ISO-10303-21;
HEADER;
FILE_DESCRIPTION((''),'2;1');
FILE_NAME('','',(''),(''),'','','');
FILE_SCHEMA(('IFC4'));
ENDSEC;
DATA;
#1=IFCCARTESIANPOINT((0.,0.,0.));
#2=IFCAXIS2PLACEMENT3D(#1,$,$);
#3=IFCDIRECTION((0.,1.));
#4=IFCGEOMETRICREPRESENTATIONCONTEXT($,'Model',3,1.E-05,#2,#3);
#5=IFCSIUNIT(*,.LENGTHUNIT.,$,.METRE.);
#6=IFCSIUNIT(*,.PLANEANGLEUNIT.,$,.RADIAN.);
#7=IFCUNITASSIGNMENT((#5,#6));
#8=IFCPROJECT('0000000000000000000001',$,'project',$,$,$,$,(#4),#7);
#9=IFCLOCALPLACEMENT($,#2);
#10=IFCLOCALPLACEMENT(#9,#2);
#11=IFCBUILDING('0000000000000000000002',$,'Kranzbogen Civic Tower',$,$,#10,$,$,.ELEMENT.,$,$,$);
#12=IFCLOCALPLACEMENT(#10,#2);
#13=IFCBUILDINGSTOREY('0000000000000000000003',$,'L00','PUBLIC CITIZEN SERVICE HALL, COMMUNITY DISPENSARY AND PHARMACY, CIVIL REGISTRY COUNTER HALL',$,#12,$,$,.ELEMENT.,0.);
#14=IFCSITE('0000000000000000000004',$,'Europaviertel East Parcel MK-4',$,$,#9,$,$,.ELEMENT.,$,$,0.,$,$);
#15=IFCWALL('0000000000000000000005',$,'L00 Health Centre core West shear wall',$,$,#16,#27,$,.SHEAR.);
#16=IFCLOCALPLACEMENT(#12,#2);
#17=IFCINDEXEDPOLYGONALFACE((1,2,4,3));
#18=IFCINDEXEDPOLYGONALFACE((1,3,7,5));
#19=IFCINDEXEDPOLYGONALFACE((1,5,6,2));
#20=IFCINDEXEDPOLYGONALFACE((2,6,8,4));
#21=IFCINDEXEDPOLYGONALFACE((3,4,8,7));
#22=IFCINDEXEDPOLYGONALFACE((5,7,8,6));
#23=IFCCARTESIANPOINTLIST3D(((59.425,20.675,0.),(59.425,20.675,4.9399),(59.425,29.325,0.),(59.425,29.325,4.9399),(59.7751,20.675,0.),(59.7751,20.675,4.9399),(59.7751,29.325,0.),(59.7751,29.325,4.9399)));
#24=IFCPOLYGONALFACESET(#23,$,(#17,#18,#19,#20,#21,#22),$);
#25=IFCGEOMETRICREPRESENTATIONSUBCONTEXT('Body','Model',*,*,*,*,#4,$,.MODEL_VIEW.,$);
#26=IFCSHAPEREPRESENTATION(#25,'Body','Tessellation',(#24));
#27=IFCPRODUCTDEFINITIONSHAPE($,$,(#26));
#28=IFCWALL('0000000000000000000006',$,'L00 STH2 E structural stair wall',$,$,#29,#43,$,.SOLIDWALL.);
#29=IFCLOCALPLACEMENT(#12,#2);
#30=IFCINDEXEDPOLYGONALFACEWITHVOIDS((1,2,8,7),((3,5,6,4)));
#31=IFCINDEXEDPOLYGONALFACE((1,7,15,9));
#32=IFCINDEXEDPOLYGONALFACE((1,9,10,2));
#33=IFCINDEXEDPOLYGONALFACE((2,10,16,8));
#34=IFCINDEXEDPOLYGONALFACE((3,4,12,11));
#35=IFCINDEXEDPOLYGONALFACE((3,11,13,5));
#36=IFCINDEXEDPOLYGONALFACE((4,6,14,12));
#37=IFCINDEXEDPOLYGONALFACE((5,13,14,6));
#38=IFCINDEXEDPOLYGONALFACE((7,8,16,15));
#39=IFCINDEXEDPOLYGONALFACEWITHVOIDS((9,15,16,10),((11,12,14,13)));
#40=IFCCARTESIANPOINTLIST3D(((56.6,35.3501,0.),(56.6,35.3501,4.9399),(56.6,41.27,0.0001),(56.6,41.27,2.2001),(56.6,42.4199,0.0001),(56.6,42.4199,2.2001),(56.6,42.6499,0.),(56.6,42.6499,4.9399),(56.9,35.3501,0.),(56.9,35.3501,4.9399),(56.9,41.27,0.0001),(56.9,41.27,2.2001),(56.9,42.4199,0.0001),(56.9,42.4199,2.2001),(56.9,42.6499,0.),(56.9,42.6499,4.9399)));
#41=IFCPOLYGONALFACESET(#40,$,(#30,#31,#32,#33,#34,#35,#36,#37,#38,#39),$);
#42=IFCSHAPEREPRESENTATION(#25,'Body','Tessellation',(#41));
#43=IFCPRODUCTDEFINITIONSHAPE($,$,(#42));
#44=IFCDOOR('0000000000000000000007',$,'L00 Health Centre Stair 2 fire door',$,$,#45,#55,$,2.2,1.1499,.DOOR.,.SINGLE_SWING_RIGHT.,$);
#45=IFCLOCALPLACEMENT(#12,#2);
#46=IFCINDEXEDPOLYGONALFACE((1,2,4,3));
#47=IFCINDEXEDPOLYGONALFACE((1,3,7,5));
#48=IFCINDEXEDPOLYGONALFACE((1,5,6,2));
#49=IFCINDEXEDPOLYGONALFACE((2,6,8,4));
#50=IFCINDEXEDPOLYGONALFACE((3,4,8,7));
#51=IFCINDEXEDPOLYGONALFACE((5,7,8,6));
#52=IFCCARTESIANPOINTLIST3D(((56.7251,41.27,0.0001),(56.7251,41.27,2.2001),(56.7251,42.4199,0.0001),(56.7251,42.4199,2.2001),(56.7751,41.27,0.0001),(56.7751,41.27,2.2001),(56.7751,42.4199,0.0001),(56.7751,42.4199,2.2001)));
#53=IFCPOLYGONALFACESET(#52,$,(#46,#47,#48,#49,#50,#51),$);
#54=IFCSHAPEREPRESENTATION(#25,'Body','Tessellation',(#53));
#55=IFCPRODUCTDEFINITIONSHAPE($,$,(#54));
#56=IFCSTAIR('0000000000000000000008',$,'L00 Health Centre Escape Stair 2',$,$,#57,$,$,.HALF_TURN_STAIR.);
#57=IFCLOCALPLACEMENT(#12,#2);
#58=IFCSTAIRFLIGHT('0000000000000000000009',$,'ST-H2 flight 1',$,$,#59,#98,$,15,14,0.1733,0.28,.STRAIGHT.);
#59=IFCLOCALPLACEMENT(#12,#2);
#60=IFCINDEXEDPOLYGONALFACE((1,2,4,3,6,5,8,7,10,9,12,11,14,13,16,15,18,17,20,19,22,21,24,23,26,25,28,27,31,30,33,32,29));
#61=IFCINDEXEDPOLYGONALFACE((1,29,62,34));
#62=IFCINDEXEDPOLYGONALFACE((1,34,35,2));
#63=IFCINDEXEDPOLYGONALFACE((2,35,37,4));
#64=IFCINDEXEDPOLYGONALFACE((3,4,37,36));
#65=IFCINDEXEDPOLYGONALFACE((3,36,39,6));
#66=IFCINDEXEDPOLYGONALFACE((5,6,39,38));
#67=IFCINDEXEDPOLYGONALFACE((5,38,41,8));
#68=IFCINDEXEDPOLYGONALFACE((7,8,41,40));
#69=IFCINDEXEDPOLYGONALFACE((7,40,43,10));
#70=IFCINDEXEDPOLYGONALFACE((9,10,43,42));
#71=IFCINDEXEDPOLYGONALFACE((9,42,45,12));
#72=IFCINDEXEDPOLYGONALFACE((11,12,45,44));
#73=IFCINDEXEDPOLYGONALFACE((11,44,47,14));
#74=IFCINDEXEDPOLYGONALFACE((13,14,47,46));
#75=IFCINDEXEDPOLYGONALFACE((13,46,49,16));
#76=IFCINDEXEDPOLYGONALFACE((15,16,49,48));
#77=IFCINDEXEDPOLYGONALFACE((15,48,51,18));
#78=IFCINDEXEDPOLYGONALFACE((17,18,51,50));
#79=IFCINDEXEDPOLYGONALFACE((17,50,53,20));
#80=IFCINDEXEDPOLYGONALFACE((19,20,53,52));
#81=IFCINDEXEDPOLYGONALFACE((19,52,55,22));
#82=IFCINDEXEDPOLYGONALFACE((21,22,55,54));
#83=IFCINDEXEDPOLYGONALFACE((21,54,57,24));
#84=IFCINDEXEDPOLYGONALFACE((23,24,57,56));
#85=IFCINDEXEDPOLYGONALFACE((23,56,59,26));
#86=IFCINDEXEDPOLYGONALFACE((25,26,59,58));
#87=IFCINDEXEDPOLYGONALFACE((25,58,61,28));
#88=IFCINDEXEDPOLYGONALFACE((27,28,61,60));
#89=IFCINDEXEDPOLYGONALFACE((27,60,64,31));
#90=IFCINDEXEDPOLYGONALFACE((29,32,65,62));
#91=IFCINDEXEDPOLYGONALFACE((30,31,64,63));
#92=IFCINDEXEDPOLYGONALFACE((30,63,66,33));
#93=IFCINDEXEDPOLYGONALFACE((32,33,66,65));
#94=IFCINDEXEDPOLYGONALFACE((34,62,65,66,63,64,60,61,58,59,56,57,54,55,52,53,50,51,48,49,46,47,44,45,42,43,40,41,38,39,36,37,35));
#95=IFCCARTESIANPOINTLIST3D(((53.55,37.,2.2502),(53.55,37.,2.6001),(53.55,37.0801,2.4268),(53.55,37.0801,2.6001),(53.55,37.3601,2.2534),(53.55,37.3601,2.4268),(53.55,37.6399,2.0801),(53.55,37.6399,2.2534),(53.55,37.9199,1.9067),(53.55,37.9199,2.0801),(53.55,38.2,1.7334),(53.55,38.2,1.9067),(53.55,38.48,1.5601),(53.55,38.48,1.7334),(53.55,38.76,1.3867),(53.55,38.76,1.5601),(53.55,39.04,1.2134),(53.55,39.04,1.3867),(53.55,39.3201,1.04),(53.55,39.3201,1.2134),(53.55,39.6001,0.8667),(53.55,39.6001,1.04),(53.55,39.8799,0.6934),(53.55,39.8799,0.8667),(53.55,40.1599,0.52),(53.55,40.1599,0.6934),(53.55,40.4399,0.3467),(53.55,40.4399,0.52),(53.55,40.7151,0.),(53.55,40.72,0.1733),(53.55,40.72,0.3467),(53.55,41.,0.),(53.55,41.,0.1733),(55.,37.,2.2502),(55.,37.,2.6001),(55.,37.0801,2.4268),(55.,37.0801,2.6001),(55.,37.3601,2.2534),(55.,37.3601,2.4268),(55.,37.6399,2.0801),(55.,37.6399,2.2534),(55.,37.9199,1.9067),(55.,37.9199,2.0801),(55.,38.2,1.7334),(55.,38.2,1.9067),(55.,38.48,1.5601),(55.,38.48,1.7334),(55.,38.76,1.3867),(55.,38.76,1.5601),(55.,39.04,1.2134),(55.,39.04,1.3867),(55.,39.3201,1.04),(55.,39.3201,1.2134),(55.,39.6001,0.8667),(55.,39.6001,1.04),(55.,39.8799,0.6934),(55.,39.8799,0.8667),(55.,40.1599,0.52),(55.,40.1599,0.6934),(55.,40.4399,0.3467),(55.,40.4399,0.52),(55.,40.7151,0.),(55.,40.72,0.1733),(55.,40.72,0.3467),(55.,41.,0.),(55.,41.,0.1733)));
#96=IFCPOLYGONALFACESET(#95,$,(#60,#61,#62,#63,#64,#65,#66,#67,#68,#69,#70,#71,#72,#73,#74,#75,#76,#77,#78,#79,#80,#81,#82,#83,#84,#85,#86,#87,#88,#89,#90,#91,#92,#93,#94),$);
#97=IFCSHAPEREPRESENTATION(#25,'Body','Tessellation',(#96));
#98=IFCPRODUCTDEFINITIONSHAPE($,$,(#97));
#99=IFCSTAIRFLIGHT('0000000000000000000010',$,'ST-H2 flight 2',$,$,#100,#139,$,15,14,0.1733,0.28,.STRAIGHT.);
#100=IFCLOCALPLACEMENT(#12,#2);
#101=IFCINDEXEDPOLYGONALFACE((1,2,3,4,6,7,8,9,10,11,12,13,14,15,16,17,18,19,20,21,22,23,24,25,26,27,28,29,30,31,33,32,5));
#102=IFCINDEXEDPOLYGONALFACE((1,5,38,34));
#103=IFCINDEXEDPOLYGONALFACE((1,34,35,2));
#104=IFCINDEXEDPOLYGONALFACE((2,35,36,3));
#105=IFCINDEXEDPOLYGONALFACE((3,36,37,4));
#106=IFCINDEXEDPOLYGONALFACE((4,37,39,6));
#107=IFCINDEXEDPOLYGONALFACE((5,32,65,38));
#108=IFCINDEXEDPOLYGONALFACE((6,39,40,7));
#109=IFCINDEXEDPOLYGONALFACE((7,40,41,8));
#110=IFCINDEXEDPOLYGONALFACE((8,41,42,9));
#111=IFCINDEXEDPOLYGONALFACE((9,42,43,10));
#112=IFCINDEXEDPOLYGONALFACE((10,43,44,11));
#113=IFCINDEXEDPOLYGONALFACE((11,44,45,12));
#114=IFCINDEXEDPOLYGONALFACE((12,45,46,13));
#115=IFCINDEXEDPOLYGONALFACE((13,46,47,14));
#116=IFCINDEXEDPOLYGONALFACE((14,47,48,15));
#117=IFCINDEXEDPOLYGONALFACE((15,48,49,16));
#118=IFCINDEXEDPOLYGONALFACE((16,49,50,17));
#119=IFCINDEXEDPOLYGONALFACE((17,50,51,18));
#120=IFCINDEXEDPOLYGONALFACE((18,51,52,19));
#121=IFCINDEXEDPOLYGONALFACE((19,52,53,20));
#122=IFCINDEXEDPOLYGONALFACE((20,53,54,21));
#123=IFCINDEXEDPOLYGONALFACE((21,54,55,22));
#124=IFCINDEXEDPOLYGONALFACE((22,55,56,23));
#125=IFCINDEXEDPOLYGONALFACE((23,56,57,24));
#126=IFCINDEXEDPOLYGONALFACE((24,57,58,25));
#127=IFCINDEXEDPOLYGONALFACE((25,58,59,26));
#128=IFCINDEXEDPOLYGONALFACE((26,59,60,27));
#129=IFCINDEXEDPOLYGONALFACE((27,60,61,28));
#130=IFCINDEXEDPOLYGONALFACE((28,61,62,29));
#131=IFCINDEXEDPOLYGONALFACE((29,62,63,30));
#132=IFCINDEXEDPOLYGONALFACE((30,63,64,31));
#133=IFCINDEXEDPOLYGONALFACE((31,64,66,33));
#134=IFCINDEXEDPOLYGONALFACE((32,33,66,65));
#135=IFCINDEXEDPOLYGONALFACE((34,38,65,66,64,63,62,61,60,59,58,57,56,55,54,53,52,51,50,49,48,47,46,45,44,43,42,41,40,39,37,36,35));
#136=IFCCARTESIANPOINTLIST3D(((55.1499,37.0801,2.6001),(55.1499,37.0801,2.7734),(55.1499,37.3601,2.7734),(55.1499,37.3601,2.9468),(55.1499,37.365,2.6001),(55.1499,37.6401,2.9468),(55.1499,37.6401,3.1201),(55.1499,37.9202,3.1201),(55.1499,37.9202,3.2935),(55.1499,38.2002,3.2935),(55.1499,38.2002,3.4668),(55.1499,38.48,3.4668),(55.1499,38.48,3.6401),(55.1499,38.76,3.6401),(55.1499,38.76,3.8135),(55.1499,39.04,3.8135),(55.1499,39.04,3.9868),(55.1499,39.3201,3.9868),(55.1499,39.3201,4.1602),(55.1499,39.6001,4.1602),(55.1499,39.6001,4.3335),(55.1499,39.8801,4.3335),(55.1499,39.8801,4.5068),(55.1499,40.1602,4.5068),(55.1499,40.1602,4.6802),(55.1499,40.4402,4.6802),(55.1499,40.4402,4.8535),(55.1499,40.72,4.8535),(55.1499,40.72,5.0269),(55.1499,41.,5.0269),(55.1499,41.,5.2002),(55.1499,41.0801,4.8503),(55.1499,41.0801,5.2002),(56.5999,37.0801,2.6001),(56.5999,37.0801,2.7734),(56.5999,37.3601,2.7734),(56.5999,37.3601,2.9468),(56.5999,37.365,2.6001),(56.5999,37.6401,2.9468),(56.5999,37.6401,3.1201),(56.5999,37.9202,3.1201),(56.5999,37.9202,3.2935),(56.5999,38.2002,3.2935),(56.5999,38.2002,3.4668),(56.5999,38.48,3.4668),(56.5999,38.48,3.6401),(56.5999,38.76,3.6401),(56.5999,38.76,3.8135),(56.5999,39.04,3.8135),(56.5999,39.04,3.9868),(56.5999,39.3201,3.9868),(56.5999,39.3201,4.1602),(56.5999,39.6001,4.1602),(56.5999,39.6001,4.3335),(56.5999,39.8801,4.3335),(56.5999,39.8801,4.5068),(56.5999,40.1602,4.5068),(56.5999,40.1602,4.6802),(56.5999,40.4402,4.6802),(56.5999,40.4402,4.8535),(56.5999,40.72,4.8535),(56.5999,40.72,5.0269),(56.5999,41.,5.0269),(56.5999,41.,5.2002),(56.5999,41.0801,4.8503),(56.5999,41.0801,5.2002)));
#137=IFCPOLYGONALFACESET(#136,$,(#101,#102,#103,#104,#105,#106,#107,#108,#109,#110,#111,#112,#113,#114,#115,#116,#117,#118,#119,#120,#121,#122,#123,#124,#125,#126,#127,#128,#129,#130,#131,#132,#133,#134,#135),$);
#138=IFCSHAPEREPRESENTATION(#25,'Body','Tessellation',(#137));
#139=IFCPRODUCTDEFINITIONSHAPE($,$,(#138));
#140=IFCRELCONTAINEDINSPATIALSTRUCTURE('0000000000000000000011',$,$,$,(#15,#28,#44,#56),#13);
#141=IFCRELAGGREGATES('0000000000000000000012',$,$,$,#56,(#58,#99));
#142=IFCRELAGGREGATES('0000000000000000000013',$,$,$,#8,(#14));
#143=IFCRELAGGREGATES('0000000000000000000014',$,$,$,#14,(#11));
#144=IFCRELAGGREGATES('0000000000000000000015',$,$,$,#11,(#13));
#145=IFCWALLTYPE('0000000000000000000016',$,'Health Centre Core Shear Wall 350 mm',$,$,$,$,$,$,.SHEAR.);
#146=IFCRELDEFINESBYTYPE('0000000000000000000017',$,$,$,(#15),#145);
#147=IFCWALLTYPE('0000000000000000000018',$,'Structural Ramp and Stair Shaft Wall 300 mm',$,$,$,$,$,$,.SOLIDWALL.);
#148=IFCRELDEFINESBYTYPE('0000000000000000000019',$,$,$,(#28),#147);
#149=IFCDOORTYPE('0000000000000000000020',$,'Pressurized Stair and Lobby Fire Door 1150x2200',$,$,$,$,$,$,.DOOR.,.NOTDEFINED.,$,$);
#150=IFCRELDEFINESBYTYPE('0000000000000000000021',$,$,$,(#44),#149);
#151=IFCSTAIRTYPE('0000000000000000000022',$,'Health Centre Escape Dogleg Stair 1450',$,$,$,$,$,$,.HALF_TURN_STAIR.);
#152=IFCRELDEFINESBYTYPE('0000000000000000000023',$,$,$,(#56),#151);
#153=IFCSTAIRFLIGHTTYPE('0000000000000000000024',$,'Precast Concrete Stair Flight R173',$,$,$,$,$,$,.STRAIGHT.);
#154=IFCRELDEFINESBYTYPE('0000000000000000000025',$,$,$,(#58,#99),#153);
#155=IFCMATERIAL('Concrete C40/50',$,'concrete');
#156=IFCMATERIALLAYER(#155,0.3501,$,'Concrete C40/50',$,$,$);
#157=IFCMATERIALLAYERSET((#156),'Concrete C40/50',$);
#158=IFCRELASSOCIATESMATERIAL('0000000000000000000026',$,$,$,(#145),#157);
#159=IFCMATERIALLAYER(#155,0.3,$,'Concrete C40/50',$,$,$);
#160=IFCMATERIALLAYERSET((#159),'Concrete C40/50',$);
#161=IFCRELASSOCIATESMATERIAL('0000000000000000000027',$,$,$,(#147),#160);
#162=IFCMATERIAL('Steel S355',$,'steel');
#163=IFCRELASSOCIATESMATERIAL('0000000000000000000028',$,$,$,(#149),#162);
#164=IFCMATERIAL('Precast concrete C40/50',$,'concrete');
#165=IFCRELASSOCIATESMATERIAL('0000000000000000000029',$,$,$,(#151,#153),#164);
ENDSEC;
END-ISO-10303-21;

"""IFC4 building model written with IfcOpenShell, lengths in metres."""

from ifc_helpers import new_model, si_unit, direction, frame, frame_2d, origin, place, context, subcontext, project, spatial, polyline, rectangle, outline, extrude, material, layer, layer_set, type_object, element, fill, aggregate, save


model = new_model("IFC4")

# Units and contexts
model_context = context("Model", 3, precision=1e-05, world=origin(), true_north=direction((0.0, 1.0)))
body_context = subcontext(model_context, "Body", "Model", "MODEL_VIEW")
ifc_project = project(units=[si_unit("LENGTHUNIT", "METRE"), si_unit("PLANEANGLEUNIT", "RADIAN")], contexts=[model_context])

# Site, building, storey
site_placement = place(None, origin())
site = spatial("IfcSite", under=ifc_project, at=site_placement, Name="Europaviertel East Parcel MK-4", CompositionType="ELEMENT", RefElevation=0.0)
building_placement = place(site_placement, origin())
building = spatial("IfcBuilding", under=site, at=building_placement, Name="Kranzbogen Civic Tower", CompositionType="ELEMENT")
storey_placement = place(building_placement, origin())
storey = spatial("IfcBuildingStorey", under=building, at=storey_placement, Name="L00", Description="PUBLIC CITIZEN SERVICE HALL, COMMUNITY DISPENSARY AND PHARMACY, CIVIL REGISTRY COUNTER HALL", CompositionType="ELEMENT", Elevation=0.0)

# Shared definitions
ifc_material_1 = material(Name="Steel S355", Category="steel")
ifc_material_2 = material(Name="Concrete C40/50", Category="concrete")

# Wall
ifc_layer_1 = layer(ifc_material_2, 0.3501, Name="Concrete C40/50")
ifc_layer_set_1 = layer_set([ifc_layer_1], Name="Concrete C40/50")
wall_type_1 = type_object("IfcWallType", Name="Health Centre Core Shear Wall 350 mm", PredefinedType="SHEAR", material=ifc_layer_set_1)
wall_1_placement = place(storey_placement, frame((59.6001, 29.325, 0.0), z_axis=(0.0, 0.0, 1.0), x_axis=(0.0, -1.0, 0.0)))
element("IfcWall", 1, at=wall_1_placement, inside=storey, type_object=wall_type_1, Name="L00 Health Centre core West shear wall", PredefinedType="SHEAR", context=body_context, shape_type="SweptSolid", body=[
    extrude(rectangle(XDim=8.6499, YDim=0.3501, at=frame_2d((4.325, 0.0))), origin(), (0.0, 0.0, 1.0), 4.9399),
])

# Wall, opening, door
ifc_layer_2 = layer(ifc_material_2, 0.3, Name="Concrete C40/50")
ifc_layer_set_2 = layer_set([ifc_layer_2], Name="Concrete C40/50")
wall_type_2 = type_object("IfcWallType", Name="Structural Ramp and Stair Shaft Wall 300 mm", PredefinedType="SOLIDWALL", material=ifc_layer_set_2)
wall_2_placement = place(storey_placement, frame((56.75, 35.3501, 0.0), z_axis=(0.0, 0.0, 1.0), x_axis=(0.0, 1.0, 0.0)))
wall_2 = element("IfcWall", 2, at=wall_2_placement, inside=storey, type_object=wall_type_2, Name="L00 STH2 E structural stair wall", PredefinedType="SOLIDWALL", context=body_context, shape_type="SweptSolid", body=[
    extrude(rectangle(XDim=7.2998, YDim=0.3, at=frame_2d((3.6499, 0.0))), origin(), (0.0, 0.0, 1.0), 4.9399),
])
opening_placement = place(wall_2_placement, frame((5.9199, 0.0, 0.0)))
opening = element("IfcOpeningElement", 3, at=opening_placement, cuts=wall_2, PredefinedType="OPENING", context=body_context, shape_type="SweptSolid", body=[
    extrude(rectangle(XDim=1.1499, YDim=2.2, at=frame_2d((0.575, 1.1001))), frame((0.0, 0.1602, 0.0), z_axis=(0.0, -1.0, 0.0), x_axis=(1.0, 0.0, 0.0)), (0.0, 0.0, 1.0), 0.3201),
])
door_type = type_object("IfcDoorType", Name="Pressurized Stair and Lobby Fire Door 1150x2200", OperationType="NOTDEFINED", PredefinedType="DOOR", material=ifc_material_1)
door_placement = place(opening_placement, origin())
door = element("IfcDoor", 4, at=door_placement, inside=storey, type_object=door_type, Name="L00 Health Centre Stair 2 fire door", OperationType="SINGLE_SWING_RIGHT", OverallHeight=2.2, OverallWidth=1.1499, PredefinedType="DOOR", context=body_context, shape_type="SweptSolid", body=[
    extrude(rectangle(XDim=1.1499, YDim=2.2, at=frame_2d((0.575, 1.1001))), frame((0.0, 0.0249, 0.0), z_axis=(0.0, -1.0, 0.0), x_axis=(1.0, 0.0, 0.0)), (0.0, 0.0, 1.0), 0.05),
])
fill(opening, door)

# Stair, stair flights
ifc_material_3 = material(Name="Precast concrete C40/50", Category="concrete")
stair_type = type_object("IfcStairType", Name="Health Centre Escape Dogleg Stair 1450", PredefinedType="HALF_TURN_STAIR", material=ifc_material_3)
stair_placement = place(storey_placement, origin())
stair = element("IfcStair", 5, at=stair_placement, inside=storey, type_object=stair_type, Name="L00 Health Centre Escape Stair 2", PredefinedType="HALF_TURN_STAIR")
stair_flight_type = type_object("IfcStairFlightType", Name="Precast Concrete Stair Flight R173", PredefinedType="STRAIGHT", material=ifc_material_3)
stair_flight_1_placement = place(storey_placement, frame((54.2749, 41.0, 0.0), z_axis=(0.0, 0.0, 1.0), x_axis=(0.0, -1.0, 0.0)))
stair_flight_1 = element("IfcStairFlight", 6, at=stair_flight_1_placement, type_object=stair_flight_type, Name="ST-H2 flight 1", NumberOfRisers=15, NumberOfTreads=14, PredefinedType="STRAIGHT", RiserHeight=0.1733, TreadLength=0.28, context=body_context, shape_type="SweptSolid", body=[
    extrude(outline(polyline([(0.0, 0.0), (0.0, 0.1733), (0.28, 0.1733), (0.28, 0.3467), (0.5601, 0.3467), (0.5601, 0.52), (0.8401, 0.52), (0.8401, 0.6934), (1.1201, 0.6934), (1.1201, 0.8667), (1.3999, 0.8667), (1.3999, 1.04), (1.6799, 1.04), (1.6799, 1.2134), (1.96, 1.2134), (1.96, 1.3867), (2.24, 1.3867), (2.24, 1.5601), (2.52, 1.5601), (2.52, 1.7334), (2.8, 1.7334), (2.8, 1.9067), (3.0801, 1.9067), (3.0801, 2.0801), (3.3601, 2.0801), (3.3601, 2.2534), (3.6399, 2.2534), (3.6399, 2.4268), (3.9199, 2.4268), (3.9199, 2.6001), (4.0, 2.6001), (4.0, 2.2502), (0.2849, 0.0), (0.0, 0.0)])), frame((0.0, 0.7251, 0.0), z_axis=(0.0, -1.0, 0.0), x_axis=(1.0, 0.0, 0.0)), (0.0, 0.0, 1.0), 1.45),
])
stair_flight_2_placement = place(storey_placement, frame((55.875, 37.0801, 2.6001), z_axis=(0.0, 0.0, 1.0), x_axis=(0.0, 1.0, 0.0)))
stair_flight_2 = element("IfcStairFlight", 7, at=stair_flight_2_placement, type_object=stair_flight_type, Name="ST-H2 flight 2", NumberOfRisers=15, NumberOfTreads=14, PredefinedType="STRAIGHT", RiserHeight=0.1733, TreadLength=0.28, context=body_context, shape_type="SweptSolid", body=[
    extrude(outline(polyline([(0.0, 0.0), (0.0, 0.1733), (0.28, 0.1733), (0.28, 0.3467), (0.5601, 0.3467), (0.5601, 0.52), (0.8401, 0.52), (0.8401, 0.6934), (1.1201, 0.6934), (1.1201, 0.8667), (1.3999, 0.8667), (1.3999, 1.04), (1.6799, 1.04), (1.6799, 1.2134), (1.96, 1.2134), (1.96, 1.3867), (2.24, 1.3867), (2.24, 1.5601), (2.52, 1.5601), (2.52, 1.7334), (2.8, 1.7334), (2.8, 1.9067), (3.0801, 1.9067), (3.0801, 2.0801), (3.3601, 2.0801), (3.3601, 2.2534), (3.6399, 2.2534), (3.6399, 2.4268), (3.9199, 2.4268), (3.9199, 2.6001), (4.0, 2.6001), (4.0, 2.2502), (0.2849, 0.0), (0.0, 0.0)])), frame((0.0, 0.7251, 0.0), z_axis=(0.0, -1.0, 0.0), x_axis=(1.0, 0.0, 0.0)), (0.0, 0.0, 1.0), 1.45),
])
aggregate(stair, [stair_flight_1, stair_flight_2])

save(model, "model.ifc")
